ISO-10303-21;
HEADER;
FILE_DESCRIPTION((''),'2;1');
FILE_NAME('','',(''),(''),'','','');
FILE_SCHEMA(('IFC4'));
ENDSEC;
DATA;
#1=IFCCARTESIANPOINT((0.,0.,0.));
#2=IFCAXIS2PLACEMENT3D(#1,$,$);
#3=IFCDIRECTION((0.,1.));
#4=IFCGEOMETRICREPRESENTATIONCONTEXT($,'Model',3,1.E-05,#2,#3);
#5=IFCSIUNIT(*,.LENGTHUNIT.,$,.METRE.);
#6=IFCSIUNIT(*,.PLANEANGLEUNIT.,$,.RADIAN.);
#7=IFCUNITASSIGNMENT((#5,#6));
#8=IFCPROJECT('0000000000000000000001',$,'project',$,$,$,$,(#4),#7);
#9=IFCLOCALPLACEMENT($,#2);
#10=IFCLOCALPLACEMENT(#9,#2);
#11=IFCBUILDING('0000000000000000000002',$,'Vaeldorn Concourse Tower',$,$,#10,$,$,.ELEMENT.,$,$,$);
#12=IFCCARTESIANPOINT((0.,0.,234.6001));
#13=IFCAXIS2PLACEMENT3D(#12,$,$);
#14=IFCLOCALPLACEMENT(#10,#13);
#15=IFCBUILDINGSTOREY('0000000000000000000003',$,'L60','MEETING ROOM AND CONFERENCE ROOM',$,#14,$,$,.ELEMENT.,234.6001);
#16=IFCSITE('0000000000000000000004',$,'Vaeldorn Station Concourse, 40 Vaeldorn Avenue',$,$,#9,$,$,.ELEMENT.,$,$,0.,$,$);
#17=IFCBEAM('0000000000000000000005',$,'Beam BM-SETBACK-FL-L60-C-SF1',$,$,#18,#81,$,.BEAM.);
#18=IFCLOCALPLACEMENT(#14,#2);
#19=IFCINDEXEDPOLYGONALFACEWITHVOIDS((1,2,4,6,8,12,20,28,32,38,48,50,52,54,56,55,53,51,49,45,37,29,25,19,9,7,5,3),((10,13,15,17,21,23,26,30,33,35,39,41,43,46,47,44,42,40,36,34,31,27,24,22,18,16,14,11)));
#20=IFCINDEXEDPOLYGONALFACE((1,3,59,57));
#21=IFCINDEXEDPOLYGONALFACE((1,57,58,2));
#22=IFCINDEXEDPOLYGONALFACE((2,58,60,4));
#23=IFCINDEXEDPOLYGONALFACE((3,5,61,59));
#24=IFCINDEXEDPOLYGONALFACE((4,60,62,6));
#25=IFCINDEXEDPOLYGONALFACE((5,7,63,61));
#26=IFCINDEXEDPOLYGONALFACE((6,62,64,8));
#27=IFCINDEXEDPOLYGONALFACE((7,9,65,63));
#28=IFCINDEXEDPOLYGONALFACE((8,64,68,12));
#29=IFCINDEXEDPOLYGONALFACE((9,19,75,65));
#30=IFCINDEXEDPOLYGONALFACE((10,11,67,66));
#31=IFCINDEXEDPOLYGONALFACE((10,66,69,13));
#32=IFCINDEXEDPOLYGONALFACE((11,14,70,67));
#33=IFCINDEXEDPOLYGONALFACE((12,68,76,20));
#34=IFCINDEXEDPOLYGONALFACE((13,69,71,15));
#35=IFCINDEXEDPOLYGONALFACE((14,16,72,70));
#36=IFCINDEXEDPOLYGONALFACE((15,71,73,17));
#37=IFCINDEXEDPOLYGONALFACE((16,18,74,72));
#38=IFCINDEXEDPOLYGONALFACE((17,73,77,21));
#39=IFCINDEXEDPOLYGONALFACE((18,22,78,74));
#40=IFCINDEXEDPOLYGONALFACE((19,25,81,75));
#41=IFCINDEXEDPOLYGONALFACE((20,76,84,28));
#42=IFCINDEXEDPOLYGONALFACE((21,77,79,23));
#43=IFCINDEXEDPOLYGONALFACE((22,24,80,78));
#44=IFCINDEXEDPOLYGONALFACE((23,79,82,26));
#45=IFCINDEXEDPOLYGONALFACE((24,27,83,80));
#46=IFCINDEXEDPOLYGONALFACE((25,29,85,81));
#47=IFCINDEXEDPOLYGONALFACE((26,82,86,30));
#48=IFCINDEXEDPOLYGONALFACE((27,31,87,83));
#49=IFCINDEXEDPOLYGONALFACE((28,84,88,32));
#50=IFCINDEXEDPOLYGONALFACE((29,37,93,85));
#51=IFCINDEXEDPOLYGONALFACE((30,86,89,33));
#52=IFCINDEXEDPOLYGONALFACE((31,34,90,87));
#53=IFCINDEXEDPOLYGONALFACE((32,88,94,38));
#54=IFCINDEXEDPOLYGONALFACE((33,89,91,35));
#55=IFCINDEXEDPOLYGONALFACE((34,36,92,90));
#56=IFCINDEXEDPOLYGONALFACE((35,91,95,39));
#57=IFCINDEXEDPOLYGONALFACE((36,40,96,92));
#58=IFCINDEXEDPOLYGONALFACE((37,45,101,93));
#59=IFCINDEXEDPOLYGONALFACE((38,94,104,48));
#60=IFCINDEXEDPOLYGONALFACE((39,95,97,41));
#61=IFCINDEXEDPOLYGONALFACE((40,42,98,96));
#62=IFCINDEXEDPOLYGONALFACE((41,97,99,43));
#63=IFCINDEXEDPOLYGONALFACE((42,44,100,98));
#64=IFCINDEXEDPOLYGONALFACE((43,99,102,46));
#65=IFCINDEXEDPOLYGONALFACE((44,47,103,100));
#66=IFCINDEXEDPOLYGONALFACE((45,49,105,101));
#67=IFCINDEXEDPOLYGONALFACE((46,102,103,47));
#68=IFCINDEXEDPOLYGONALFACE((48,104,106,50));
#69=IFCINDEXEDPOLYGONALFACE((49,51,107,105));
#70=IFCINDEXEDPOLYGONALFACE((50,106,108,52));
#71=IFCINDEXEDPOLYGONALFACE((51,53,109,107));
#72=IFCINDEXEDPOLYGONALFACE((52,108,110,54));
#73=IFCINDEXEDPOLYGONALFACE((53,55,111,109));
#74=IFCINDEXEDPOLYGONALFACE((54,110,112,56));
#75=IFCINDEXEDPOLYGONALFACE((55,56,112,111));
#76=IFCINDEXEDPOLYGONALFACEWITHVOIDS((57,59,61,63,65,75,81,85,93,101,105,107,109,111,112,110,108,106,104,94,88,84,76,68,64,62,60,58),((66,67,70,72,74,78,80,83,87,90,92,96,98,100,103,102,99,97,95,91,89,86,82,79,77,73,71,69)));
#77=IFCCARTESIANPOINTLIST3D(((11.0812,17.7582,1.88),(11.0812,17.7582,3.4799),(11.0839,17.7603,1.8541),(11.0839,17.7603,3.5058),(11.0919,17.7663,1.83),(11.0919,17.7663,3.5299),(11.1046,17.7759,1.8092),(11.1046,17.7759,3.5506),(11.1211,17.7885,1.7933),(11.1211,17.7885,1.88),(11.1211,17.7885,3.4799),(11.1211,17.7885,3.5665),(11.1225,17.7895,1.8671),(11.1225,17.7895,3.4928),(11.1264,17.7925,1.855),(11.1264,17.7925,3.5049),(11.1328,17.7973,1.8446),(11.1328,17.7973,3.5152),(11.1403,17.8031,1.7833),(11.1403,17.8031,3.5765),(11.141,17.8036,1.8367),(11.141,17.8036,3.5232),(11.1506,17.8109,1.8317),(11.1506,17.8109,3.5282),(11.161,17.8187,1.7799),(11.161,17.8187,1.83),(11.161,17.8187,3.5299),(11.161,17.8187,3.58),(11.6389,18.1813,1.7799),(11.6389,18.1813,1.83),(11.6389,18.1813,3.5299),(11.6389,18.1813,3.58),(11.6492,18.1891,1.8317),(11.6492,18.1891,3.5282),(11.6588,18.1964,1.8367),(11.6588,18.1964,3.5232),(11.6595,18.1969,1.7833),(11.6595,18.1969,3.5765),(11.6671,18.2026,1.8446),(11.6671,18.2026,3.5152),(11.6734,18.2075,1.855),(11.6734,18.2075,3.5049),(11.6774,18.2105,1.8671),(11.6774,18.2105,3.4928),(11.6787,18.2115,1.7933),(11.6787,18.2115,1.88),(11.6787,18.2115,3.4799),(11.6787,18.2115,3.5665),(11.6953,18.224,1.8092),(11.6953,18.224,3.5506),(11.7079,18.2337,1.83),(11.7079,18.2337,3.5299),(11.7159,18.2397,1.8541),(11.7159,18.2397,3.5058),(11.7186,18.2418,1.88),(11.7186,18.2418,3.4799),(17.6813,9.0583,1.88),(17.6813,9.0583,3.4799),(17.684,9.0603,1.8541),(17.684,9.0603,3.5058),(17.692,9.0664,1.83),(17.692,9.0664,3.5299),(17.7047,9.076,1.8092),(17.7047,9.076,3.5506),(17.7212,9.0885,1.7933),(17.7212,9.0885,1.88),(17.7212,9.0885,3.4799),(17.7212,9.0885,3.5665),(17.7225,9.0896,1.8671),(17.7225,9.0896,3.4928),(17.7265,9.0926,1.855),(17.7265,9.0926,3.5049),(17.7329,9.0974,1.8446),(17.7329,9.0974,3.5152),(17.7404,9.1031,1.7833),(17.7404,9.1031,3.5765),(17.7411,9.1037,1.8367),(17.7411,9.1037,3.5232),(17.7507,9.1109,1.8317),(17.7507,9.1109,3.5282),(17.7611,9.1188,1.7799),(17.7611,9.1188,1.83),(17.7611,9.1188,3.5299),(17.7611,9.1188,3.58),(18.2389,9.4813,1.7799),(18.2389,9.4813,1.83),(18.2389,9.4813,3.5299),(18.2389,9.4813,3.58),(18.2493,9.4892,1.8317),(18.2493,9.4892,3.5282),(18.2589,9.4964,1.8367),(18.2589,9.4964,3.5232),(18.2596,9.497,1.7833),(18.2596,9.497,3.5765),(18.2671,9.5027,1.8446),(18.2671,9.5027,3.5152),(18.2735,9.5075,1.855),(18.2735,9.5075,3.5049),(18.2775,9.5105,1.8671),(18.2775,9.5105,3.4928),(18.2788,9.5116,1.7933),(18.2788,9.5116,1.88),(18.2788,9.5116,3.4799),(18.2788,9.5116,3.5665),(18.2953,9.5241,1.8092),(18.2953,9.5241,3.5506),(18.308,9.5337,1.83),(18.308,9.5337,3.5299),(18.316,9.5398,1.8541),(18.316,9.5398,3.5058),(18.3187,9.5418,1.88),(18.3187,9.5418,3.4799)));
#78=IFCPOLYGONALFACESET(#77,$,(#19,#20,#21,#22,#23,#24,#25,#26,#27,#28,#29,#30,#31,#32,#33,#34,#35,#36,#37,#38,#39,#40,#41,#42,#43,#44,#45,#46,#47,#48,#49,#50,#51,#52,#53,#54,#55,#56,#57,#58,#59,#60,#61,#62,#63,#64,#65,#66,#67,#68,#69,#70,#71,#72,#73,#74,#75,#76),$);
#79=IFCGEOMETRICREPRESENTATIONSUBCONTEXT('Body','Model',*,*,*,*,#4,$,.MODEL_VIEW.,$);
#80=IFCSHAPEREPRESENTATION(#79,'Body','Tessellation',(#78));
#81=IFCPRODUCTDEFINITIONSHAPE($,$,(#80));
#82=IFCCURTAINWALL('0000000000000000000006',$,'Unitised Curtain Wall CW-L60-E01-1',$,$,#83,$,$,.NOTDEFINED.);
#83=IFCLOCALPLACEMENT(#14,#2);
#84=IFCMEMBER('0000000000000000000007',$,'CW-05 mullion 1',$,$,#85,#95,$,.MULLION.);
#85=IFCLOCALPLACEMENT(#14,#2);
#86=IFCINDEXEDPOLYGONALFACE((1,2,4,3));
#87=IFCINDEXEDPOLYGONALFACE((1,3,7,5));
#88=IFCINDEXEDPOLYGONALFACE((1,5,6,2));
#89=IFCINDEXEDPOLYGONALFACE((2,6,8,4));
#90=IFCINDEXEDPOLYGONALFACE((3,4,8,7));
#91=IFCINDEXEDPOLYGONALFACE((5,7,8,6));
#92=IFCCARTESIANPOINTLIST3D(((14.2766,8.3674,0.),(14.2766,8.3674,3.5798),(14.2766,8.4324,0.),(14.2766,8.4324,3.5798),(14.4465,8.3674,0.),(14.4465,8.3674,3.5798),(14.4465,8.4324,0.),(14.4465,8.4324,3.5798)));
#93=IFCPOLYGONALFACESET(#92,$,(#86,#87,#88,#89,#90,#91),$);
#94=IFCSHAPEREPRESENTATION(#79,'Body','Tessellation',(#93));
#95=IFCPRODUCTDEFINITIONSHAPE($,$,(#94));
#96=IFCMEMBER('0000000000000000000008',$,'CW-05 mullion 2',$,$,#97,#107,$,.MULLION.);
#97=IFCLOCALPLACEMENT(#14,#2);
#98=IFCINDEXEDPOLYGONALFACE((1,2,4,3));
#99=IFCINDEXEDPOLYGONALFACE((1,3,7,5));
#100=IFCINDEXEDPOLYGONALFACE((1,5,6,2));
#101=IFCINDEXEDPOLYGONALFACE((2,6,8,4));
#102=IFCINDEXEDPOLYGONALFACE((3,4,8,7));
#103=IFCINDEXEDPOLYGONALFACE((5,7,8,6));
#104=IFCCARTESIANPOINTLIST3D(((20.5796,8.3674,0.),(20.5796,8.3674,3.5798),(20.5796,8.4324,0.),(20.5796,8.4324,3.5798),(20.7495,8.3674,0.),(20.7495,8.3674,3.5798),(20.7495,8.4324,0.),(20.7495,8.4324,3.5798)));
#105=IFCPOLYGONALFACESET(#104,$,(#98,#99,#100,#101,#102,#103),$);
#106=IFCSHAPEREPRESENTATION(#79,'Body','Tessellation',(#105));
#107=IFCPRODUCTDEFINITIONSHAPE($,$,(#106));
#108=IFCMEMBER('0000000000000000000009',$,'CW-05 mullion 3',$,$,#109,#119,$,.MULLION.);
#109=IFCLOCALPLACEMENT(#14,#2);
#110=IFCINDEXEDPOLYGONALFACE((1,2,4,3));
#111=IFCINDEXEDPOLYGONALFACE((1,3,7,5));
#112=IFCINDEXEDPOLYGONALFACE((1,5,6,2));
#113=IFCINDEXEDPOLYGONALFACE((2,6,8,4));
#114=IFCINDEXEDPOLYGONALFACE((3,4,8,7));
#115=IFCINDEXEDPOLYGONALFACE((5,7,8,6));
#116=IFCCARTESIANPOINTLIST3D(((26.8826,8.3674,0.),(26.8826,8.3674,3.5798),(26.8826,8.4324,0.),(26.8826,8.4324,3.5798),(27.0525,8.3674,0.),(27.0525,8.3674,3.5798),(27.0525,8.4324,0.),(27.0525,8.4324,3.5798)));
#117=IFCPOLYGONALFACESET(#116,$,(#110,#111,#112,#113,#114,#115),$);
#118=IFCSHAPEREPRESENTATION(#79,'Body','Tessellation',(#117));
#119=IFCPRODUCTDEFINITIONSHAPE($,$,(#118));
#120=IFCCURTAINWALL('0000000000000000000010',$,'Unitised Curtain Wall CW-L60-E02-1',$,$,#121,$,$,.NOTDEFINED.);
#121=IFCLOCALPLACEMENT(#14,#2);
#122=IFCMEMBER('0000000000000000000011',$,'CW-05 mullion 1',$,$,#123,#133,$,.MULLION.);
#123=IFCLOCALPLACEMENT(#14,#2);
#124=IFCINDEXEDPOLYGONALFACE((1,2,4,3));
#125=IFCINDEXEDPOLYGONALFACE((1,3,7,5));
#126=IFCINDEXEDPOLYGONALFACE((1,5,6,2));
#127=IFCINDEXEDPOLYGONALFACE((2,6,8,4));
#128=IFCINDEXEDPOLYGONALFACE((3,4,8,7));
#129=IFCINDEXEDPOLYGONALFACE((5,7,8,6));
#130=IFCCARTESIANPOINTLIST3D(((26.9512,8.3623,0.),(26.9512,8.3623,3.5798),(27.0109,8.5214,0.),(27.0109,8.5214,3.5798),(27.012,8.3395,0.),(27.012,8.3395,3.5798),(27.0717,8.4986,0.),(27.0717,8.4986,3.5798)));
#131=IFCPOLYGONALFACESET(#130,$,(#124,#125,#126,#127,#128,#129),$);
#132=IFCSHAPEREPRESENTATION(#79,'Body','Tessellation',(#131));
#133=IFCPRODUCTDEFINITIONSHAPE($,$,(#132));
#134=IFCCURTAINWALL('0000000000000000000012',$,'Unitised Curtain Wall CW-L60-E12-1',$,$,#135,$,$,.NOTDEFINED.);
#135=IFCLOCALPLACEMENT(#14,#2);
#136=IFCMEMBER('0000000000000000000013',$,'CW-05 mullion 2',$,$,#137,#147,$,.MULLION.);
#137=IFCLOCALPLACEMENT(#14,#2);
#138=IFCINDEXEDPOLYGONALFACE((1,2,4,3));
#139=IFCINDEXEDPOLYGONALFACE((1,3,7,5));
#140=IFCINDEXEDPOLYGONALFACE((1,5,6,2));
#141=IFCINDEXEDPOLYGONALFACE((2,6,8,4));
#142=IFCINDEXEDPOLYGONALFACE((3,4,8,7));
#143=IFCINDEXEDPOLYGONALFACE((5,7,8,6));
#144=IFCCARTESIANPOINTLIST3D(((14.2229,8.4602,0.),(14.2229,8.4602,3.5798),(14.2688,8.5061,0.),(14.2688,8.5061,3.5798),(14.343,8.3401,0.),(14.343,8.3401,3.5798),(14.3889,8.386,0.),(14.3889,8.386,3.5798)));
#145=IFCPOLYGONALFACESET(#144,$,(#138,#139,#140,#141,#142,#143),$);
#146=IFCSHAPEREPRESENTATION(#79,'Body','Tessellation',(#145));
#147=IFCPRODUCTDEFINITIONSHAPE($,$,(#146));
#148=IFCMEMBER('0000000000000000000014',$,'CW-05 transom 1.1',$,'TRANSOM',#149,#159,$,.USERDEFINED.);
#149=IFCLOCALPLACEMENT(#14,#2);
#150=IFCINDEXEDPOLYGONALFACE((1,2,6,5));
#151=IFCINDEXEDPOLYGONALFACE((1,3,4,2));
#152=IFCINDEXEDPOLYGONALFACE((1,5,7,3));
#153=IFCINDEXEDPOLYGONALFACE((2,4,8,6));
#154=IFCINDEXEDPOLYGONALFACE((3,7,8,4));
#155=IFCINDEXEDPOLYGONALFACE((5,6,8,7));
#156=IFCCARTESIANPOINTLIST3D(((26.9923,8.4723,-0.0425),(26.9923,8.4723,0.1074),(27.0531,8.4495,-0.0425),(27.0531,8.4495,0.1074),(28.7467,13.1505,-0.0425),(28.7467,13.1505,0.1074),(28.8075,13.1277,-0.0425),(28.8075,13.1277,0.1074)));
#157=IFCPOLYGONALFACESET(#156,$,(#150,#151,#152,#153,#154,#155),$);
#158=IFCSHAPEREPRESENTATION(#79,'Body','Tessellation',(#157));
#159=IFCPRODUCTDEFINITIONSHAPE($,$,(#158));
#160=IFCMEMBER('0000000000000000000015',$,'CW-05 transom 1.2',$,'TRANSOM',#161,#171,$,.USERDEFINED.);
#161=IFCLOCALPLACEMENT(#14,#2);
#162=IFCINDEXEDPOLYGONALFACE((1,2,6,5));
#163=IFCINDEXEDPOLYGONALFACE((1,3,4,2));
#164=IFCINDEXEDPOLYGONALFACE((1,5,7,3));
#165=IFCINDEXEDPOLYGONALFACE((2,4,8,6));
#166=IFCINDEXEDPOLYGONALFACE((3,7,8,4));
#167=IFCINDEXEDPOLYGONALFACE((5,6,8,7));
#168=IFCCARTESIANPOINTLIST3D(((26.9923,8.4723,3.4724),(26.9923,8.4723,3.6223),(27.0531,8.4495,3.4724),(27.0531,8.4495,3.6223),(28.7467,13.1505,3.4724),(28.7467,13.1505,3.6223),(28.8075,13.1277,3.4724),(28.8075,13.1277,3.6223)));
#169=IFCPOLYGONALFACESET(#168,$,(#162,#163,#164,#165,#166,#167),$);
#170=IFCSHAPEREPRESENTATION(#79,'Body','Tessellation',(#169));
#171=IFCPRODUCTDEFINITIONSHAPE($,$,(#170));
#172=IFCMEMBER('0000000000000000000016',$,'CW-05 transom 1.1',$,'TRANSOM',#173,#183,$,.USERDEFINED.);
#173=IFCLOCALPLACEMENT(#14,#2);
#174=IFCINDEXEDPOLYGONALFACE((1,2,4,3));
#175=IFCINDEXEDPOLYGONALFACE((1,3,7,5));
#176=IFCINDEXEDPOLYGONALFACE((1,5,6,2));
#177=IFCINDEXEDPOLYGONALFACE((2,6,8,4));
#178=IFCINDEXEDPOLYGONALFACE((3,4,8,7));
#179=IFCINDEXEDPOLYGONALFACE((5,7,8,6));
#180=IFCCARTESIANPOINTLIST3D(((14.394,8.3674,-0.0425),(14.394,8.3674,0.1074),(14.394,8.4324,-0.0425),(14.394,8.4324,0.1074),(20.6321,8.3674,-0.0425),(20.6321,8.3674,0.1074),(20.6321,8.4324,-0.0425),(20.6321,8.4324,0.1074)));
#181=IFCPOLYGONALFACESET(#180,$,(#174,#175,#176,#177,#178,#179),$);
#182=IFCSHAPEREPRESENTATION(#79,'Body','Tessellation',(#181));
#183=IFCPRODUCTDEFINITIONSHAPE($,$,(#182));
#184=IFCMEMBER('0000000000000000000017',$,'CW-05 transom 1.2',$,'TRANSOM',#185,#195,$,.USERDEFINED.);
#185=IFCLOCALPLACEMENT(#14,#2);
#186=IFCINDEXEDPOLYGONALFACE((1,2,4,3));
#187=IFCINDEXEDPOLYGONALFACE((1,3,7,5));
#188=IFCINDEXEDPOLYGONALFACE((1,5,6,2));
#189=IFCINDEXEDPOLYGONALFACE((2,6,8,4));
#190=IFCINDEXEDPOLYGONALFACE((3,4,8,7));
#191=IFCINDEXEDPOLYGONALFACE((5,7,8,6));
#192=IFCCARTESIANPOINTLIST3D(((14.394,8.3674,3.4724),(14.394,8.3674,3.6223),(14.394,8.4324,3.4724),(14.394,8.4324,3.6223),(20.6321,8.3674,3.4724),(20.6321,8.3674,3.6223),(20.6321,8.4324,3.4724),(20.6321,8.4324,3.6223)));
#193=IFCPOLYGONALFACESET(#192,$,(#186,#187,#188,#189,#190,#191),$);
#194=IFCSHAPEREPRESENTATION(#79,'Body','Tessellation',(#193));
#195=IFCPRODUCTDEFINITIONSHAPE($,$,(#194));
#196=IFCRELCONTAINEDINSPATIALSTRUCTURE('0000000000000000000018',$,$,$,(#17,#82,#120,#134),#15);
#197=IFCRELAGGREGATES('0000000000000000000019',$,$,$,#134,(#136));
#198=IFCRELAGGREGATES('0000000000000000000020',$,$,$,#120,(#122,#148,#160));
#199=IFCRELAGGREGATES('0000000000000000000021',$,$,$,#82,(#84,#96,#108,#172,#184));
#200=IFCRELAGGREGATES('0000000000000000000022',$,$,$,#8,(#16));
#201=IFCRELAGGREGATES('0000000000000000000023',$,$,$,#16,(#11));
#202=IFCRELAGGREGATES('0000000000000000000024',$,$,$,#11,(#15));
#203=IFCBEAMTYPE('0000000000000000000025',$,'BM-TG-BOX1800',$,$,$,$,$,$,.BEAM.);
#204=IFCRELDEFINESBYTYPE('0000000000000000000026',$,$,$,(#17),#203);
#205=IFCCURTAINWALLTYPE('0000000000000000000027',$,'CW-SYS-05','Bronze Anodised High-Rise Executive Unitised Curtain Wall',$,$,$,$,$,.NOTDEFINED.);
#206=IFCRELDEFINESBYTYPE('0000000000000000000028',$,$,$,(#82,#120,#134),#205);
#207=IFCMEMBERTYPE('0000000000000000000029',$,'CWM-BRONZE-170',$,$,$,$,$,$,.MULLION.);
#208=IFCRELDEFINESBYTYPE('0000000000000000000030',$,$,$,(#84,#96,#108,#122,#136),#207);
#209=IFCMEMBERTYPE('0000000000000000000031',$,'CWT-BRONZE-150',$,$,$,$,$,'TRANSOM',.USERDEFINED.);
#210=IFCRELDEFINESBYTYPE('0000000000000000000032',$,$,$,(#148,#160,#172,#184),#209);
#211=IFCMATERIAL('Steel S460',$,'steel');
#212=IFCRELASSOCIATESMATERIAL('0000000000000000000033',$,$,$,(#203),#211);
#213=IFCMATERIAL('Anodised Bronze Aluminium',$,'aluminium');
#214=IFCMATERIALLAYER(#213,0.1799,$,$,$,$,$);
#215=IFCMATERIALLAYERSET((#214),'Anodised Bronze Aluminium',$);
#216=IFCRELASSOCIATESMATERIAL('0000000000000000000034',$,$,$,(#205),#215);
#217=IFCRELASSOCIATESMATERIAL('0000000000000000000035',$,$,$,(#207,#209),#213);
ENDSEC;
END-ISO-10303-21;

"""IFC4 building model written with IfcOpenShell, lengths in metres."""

from ifc_helpers import new_model, si_unit, direction, frame, origin, origin_2d, place, context, subcontext, project, spatial, rectangle, hollow_rectangle, extrude, source, transform, mapped, material, layer, layer_set, material_profile, profile_set, type_object, element, aggregate, save


model = new_model("IFC4")

# Units and contexts
model_context = context("Model", 3, precision=1e-05, world=origin(), true_north=direction((0.0, 1.0)))
body_context = subcontext(model_context, "Body", "Model", "MODEL_VIEW")
ifc_project = project(units=[si_unit("LENGTHUNIT", "METRE"), si_unit("PLANEANGLEUNIT", "RADIAN")], contexts=[model_context])

# Site, building, storey
site_placement = place(None, origin())
site = spatial("IfcSite", under=ifc_project, at=site_placement, Name="Vaeldorn Station Concourse, 40 Vaeldorn Avenue", CompositionType="ELEMENT", RefElevation=0.0)
building_placement = place(site_placement, origin())
building = spatial("IfcBuilding", under=site, at=building_placement, Name="Vaeldorn Concourse Tower", CompositionType="ELEMENT")
storey_placement = place(building_placement, frame((0.0, 0.0, 234.6001)))
storey = spatial("IfcBuildingStorey", under=building, at=storey_placement, Name="L60", Description="MEETING ROOM AND CONFERENCE ROOM", CompositionType="ELEMENT", Elevation=234.6001)

# Beam
ifc_material_1 = material(Name="Steel S460", Category="steel")
ifc_material_profile_1 = material_profile(ifc_material_1, hollow_rectangle(XDim=0.8, YDim=1.8, WallThickness=0.05, InnerFilletRadius=0.05, OuterFilletRadius=0.1001, at=origin_2d()), Name="RHS 1800x800x50")
ifc_profile_set_1 = profile_set([ifc_material_profile_1], Name="Steel S460")
beam_type_1 = type_object("IfcBeamType", Name="BM-TG-BOX1800", PredefinedType="BEAM", material=ifc_profile_set_1)
shared_shape_1 = source(origin(), body_context, "Body", "SweptSolid", [
    extrude(hollow_rectangle(XDim=0.8, YDim=1.8, WallThickness=0.05, InnerFilletRadius=0.05, OuterFilletRadius=0.1001, at=origin_2d()), origin(), (0.0, 0.0, 1.0), 10.9202),
])
beam_1_placement = place(storey_placement, frame((18.0, 9.3, 2.6799), z_axis=(-0.604394, 0.796685, 0.0), x_axis=(-0.796685, -0.604394, 0.0)))
element("IfcBeam", 1, at=beam_1_placement, inside=storey, type_object=beam_type_1, Name="Beam BM-SETBACK-FL-L60-C-SF1", PredefinedType="BEAM", context=body_context, shape_type="MappedRepresentation", body=[
    mapped(shared_shape_1, transform((0.0, 0.0, 0.0), scale=1.0)),
])

# Curtain wall, members
ifc_material_2 = material(Name="Anodised Bronze Aluminium", Category="aluminium")
ifc_layer_1 = layer(ifc_material_2, 0.1799)
ifc_layer_set_1 = layer_set([ifc_layer_1], Name="Anodised Bronze Aluminium")
curtain_wall_type = type_object("IfcCurtainWallType", Name="CW-SYS-05", Description="Bronze Anodised High-Rise Executive Unitised Curtain Wall", PredefinedType="NOTDEFINED", material=ifc_layer_set_1)
curtain_wall_1_placement = place(storey_placement, origin())
curtain_wall_1 = element("IfcCurtainWall", 2, at=curtain_wall_1_placement, inside=storey, type_object=curtain_wall_type, Name="Unitised Curtain Wall CW-L60-E01-1", PredefinedType="NOTDEFINED")
ifc_material_profile_2 = material_profile(ifc_material_2, rectangle(XDim=0.0649, YDim=0.1699, at=origin_2d()), Name="CWM 65x170")
ifc_profile_set_2 = profile_set([ifc_material_profile_2], Name="Anodised Bronze Aluminium")
member_type_1 = type_object("IfcMemberType", Name="CWM-BRONZE-170", PredefinedType="MULLION", material=ifc_profile_set_2)
shared_shape_2 = source(origin(), body_context, "Body", "SweptSolid", [
    extrude(rectangle(XDim=0.0649, YDim=0.1699, at=origin_2d()), origin(), (0.0, 0.0, 1.0), 3.5798),
])
member_1_placement = place(storey_placement, frame((14.3616, 8.3999, 0.0), z_axis=(0.0, 0.0, 1.0), x_axis=(0.0, 1.0, 0.0)))
member_1 = element("IfcMember", 3, at=member_1_placement, type_object=member_type_1, Name="CW-05 mullion 1", PredefinedType="MULLION", context=body_context, shape_type="MappedRepresentation", body=[
    mapped(shared_shape_2, transform((0.0, 0.0, 0.0), scale=1.0)),
])
member_2_placement = place(storey_placement, frame((20.6646, 8.3999, 0.0), z_axis=(0.0, 0.0, 1.0), x_axis=(0.0, 1.0, 0.0)))
member_2 = element("IfcMember", 4, at=member_2_placement, type_object=member_type_1, Name="CW-05 mullion 2", PredefinedType="MULLION", context=body_context, shape_type="MappedRepresentation", body=[
    mapped(shared_shape_2, transform((0.0, 0.0, 0.0), scale=1.0)),
])
member_3_placement = place(storey_placement, frame((26.9675, 8.3999, 0.0), z_axis=(0.0, 0.0, 1.0), x_axis=(0.0, 1.0, 0.0)))
member_3 = element("IfcMember", 5, at=member_3_placement, type_object=member_type_1, Name="CW-05 mullion 3", PredefinedType="MULLION", context=body_context, shape_type="MappedRepresentation", body=[
    mapped(shared_shape_2, transform((0.0, 0.0, 0.0), scale=1.0)),
])

# Curtain walls, members
curtain_wall_2_placement = place(storey_placement, origin())
curtain_wall_2 = element("IfcCurtainWall", 6, at=curtain_wall_2_placement, inside=storey, type_object=curtain_wall_type, Name="Unitised Curtain Wall CW-L60-E02-1", PredefinedType="NOTDEFINED")
member_4_placement = place(storey_placement, frame((27.0115, 8.4304, 0.0), z_axis=(0.0, 0.0, 1.0), x_axis=(-0.936329, 0.351123, 0.0)))
member_4 = element("IfcMember", 7, at=member_4_placement, type_object=member_type_1, Name="CW-05 mullion 1", PredefinedType="MULLION", context=body_context, shape_type="MappedRepresentation", body=[
    mapped(shared_shape_2, transform((0.0, 0.0, 0.0), scale=1.0)),
])
curtain_wall_3_placement = place(storey_placement, origin())
curtain_wall_3 = element("IfcCurtainWall", 8, at=curtain_wall_3_placement, inside=storey, type_object=curtain_wall_type, Name="Unitised Curtain Wall CW-L60-E12-1", PredefinedType="NOTDEFINED")
member_5_placement = place(storey_placement, frame((14.3059, 8.4231, 0.0), z_axis=(0.0, 0.0, 1.0), x_axis=(0.707107, 0.707107, 0.0)))
member_5 = element("IfcMember", 9, at=member_5_placement, type_object=member_type_1, Name="CW-05 mullion 2", PredefinedType="MULLION", context=body_context, shape_type="MappedRepresentation", body=[
    mapped(shared_shape_2, transform((0.0, 0.0, 0.0), scale=1.0)),
])
aggregate(curtain_wall_3, [member_5])

# Members
ifc_material_profile_3 = material_profile(ifc_material_2, rectangle(XDim=0.0649, YDim=0.1499, at=origin_2d()), Name="CWT 65x150")
ifc_profile_set_3 = profile_set([ifc_material_profile_3], Name="Anodised Bronze Aluminium")
member_type_2 = type_object("IfcMemberType", Name="CWT-BRONZE-150", ElementType="TRANSOM", PredefinedType="USERDEFINED", material=ifc_profile_set_3)
shared_shape_3 = source(origin(), body_context, "Body", "SweptSolid", [
    extrude(rectangle(XDim=0.0649, YDim=0.1499, at=origin_2d()), origin(), (0.0, 0.0, 1.0), 4.9963),
])
member_6_placement = place(storey_placement, frame((27.0227, 8.4609, 0.0325), z_axis=(0.351134, 0.936325, 0.0), x_axis=(-0.936325, 0.351134, 0.0)))
member_6 = element("IfcMember", 10, at=member_6_placement, type_object=member_type_2, Name="CW-05 transom 1.1", ObjectType="TRANSOM", PredefinedType="USERDEFINED", context=body_context, shape_type="MappedRepresentation", body=[
    mapped(shared_shape_3, transform((0.0, 0.0, 0.0), scale=1.0)),
])
member_7_placement = place(storey_placement, frame((27.0227, 8.4609, 3.5474), z_axis=(0.351134, 0.936325, 0.0), x_axis=(-0.936325, 0.351134, 0.0)))
member_7 = element("IfcMember", 11, at=member_7_placement, type_object=member_type_2, Name="CW-05 transom 1.2", ObjectType="TRANSOM", PredefinedType="USERDEFINED", context=body_context, shape_type="MappedRepresentation", body=[
    mapped(shared_shape_3, transform((0.0, 0.0, 0.0), scale=1.0)),
])
aggregate(curtain_wall_2, [member_4, member_6, member_7])
shared_shape_4 = source(origin(), body_context, "Body", "SweptSolid", [
    extrude(rectangle(XDim=0.0649, YDim=0.1499, at=origin_2d()), origin(), (0.0, 0.0, 1.0), 6.238),
])
member_8_placement = place(storey_placement, frame((14.394, 8.3999, 0.0325), z_axis=(1.0, 0.0, 0.0), x_axis=(0.0, 1.0, 0.0)))
member_8 = element("IfcMember", 12, at=member_8_placement, type_object=member_type_2, Name="CW-05 transom 1.1", ObjectType="TRANSOM", PredefinedType="USERDEFINED", context=body_context, shape_type="MappedRepresentation", body=[
    mapped(shared_shape_4, transform((0.0, 0.0, 0.0), scale=1.0)),
])
member_9_placement = place(storey_placement, frame((14.394, 8.3999, 3.5474), z_axis=(1.0, 0.0, 0.0), x_axis=(0.0, 1.0, 0.0)))
member_9 = element("IfcMember", 13, at=member_9_placement, type_object=member_type_2, Name="CW-05 transom 1.2", ObjectType="TRANSOM", PredefinedType="USERDEFINED", context=body_context, shape_type="MappedRepresentation", body=[
    mapped(shared_shape_4, transform((0.0, 0.0, 0.0), scale=1.0)),
])

aggregate(curtain_wall_1, [member_1, member_2, member_3, member_8, member_9])

save(model, "model.ifc")
